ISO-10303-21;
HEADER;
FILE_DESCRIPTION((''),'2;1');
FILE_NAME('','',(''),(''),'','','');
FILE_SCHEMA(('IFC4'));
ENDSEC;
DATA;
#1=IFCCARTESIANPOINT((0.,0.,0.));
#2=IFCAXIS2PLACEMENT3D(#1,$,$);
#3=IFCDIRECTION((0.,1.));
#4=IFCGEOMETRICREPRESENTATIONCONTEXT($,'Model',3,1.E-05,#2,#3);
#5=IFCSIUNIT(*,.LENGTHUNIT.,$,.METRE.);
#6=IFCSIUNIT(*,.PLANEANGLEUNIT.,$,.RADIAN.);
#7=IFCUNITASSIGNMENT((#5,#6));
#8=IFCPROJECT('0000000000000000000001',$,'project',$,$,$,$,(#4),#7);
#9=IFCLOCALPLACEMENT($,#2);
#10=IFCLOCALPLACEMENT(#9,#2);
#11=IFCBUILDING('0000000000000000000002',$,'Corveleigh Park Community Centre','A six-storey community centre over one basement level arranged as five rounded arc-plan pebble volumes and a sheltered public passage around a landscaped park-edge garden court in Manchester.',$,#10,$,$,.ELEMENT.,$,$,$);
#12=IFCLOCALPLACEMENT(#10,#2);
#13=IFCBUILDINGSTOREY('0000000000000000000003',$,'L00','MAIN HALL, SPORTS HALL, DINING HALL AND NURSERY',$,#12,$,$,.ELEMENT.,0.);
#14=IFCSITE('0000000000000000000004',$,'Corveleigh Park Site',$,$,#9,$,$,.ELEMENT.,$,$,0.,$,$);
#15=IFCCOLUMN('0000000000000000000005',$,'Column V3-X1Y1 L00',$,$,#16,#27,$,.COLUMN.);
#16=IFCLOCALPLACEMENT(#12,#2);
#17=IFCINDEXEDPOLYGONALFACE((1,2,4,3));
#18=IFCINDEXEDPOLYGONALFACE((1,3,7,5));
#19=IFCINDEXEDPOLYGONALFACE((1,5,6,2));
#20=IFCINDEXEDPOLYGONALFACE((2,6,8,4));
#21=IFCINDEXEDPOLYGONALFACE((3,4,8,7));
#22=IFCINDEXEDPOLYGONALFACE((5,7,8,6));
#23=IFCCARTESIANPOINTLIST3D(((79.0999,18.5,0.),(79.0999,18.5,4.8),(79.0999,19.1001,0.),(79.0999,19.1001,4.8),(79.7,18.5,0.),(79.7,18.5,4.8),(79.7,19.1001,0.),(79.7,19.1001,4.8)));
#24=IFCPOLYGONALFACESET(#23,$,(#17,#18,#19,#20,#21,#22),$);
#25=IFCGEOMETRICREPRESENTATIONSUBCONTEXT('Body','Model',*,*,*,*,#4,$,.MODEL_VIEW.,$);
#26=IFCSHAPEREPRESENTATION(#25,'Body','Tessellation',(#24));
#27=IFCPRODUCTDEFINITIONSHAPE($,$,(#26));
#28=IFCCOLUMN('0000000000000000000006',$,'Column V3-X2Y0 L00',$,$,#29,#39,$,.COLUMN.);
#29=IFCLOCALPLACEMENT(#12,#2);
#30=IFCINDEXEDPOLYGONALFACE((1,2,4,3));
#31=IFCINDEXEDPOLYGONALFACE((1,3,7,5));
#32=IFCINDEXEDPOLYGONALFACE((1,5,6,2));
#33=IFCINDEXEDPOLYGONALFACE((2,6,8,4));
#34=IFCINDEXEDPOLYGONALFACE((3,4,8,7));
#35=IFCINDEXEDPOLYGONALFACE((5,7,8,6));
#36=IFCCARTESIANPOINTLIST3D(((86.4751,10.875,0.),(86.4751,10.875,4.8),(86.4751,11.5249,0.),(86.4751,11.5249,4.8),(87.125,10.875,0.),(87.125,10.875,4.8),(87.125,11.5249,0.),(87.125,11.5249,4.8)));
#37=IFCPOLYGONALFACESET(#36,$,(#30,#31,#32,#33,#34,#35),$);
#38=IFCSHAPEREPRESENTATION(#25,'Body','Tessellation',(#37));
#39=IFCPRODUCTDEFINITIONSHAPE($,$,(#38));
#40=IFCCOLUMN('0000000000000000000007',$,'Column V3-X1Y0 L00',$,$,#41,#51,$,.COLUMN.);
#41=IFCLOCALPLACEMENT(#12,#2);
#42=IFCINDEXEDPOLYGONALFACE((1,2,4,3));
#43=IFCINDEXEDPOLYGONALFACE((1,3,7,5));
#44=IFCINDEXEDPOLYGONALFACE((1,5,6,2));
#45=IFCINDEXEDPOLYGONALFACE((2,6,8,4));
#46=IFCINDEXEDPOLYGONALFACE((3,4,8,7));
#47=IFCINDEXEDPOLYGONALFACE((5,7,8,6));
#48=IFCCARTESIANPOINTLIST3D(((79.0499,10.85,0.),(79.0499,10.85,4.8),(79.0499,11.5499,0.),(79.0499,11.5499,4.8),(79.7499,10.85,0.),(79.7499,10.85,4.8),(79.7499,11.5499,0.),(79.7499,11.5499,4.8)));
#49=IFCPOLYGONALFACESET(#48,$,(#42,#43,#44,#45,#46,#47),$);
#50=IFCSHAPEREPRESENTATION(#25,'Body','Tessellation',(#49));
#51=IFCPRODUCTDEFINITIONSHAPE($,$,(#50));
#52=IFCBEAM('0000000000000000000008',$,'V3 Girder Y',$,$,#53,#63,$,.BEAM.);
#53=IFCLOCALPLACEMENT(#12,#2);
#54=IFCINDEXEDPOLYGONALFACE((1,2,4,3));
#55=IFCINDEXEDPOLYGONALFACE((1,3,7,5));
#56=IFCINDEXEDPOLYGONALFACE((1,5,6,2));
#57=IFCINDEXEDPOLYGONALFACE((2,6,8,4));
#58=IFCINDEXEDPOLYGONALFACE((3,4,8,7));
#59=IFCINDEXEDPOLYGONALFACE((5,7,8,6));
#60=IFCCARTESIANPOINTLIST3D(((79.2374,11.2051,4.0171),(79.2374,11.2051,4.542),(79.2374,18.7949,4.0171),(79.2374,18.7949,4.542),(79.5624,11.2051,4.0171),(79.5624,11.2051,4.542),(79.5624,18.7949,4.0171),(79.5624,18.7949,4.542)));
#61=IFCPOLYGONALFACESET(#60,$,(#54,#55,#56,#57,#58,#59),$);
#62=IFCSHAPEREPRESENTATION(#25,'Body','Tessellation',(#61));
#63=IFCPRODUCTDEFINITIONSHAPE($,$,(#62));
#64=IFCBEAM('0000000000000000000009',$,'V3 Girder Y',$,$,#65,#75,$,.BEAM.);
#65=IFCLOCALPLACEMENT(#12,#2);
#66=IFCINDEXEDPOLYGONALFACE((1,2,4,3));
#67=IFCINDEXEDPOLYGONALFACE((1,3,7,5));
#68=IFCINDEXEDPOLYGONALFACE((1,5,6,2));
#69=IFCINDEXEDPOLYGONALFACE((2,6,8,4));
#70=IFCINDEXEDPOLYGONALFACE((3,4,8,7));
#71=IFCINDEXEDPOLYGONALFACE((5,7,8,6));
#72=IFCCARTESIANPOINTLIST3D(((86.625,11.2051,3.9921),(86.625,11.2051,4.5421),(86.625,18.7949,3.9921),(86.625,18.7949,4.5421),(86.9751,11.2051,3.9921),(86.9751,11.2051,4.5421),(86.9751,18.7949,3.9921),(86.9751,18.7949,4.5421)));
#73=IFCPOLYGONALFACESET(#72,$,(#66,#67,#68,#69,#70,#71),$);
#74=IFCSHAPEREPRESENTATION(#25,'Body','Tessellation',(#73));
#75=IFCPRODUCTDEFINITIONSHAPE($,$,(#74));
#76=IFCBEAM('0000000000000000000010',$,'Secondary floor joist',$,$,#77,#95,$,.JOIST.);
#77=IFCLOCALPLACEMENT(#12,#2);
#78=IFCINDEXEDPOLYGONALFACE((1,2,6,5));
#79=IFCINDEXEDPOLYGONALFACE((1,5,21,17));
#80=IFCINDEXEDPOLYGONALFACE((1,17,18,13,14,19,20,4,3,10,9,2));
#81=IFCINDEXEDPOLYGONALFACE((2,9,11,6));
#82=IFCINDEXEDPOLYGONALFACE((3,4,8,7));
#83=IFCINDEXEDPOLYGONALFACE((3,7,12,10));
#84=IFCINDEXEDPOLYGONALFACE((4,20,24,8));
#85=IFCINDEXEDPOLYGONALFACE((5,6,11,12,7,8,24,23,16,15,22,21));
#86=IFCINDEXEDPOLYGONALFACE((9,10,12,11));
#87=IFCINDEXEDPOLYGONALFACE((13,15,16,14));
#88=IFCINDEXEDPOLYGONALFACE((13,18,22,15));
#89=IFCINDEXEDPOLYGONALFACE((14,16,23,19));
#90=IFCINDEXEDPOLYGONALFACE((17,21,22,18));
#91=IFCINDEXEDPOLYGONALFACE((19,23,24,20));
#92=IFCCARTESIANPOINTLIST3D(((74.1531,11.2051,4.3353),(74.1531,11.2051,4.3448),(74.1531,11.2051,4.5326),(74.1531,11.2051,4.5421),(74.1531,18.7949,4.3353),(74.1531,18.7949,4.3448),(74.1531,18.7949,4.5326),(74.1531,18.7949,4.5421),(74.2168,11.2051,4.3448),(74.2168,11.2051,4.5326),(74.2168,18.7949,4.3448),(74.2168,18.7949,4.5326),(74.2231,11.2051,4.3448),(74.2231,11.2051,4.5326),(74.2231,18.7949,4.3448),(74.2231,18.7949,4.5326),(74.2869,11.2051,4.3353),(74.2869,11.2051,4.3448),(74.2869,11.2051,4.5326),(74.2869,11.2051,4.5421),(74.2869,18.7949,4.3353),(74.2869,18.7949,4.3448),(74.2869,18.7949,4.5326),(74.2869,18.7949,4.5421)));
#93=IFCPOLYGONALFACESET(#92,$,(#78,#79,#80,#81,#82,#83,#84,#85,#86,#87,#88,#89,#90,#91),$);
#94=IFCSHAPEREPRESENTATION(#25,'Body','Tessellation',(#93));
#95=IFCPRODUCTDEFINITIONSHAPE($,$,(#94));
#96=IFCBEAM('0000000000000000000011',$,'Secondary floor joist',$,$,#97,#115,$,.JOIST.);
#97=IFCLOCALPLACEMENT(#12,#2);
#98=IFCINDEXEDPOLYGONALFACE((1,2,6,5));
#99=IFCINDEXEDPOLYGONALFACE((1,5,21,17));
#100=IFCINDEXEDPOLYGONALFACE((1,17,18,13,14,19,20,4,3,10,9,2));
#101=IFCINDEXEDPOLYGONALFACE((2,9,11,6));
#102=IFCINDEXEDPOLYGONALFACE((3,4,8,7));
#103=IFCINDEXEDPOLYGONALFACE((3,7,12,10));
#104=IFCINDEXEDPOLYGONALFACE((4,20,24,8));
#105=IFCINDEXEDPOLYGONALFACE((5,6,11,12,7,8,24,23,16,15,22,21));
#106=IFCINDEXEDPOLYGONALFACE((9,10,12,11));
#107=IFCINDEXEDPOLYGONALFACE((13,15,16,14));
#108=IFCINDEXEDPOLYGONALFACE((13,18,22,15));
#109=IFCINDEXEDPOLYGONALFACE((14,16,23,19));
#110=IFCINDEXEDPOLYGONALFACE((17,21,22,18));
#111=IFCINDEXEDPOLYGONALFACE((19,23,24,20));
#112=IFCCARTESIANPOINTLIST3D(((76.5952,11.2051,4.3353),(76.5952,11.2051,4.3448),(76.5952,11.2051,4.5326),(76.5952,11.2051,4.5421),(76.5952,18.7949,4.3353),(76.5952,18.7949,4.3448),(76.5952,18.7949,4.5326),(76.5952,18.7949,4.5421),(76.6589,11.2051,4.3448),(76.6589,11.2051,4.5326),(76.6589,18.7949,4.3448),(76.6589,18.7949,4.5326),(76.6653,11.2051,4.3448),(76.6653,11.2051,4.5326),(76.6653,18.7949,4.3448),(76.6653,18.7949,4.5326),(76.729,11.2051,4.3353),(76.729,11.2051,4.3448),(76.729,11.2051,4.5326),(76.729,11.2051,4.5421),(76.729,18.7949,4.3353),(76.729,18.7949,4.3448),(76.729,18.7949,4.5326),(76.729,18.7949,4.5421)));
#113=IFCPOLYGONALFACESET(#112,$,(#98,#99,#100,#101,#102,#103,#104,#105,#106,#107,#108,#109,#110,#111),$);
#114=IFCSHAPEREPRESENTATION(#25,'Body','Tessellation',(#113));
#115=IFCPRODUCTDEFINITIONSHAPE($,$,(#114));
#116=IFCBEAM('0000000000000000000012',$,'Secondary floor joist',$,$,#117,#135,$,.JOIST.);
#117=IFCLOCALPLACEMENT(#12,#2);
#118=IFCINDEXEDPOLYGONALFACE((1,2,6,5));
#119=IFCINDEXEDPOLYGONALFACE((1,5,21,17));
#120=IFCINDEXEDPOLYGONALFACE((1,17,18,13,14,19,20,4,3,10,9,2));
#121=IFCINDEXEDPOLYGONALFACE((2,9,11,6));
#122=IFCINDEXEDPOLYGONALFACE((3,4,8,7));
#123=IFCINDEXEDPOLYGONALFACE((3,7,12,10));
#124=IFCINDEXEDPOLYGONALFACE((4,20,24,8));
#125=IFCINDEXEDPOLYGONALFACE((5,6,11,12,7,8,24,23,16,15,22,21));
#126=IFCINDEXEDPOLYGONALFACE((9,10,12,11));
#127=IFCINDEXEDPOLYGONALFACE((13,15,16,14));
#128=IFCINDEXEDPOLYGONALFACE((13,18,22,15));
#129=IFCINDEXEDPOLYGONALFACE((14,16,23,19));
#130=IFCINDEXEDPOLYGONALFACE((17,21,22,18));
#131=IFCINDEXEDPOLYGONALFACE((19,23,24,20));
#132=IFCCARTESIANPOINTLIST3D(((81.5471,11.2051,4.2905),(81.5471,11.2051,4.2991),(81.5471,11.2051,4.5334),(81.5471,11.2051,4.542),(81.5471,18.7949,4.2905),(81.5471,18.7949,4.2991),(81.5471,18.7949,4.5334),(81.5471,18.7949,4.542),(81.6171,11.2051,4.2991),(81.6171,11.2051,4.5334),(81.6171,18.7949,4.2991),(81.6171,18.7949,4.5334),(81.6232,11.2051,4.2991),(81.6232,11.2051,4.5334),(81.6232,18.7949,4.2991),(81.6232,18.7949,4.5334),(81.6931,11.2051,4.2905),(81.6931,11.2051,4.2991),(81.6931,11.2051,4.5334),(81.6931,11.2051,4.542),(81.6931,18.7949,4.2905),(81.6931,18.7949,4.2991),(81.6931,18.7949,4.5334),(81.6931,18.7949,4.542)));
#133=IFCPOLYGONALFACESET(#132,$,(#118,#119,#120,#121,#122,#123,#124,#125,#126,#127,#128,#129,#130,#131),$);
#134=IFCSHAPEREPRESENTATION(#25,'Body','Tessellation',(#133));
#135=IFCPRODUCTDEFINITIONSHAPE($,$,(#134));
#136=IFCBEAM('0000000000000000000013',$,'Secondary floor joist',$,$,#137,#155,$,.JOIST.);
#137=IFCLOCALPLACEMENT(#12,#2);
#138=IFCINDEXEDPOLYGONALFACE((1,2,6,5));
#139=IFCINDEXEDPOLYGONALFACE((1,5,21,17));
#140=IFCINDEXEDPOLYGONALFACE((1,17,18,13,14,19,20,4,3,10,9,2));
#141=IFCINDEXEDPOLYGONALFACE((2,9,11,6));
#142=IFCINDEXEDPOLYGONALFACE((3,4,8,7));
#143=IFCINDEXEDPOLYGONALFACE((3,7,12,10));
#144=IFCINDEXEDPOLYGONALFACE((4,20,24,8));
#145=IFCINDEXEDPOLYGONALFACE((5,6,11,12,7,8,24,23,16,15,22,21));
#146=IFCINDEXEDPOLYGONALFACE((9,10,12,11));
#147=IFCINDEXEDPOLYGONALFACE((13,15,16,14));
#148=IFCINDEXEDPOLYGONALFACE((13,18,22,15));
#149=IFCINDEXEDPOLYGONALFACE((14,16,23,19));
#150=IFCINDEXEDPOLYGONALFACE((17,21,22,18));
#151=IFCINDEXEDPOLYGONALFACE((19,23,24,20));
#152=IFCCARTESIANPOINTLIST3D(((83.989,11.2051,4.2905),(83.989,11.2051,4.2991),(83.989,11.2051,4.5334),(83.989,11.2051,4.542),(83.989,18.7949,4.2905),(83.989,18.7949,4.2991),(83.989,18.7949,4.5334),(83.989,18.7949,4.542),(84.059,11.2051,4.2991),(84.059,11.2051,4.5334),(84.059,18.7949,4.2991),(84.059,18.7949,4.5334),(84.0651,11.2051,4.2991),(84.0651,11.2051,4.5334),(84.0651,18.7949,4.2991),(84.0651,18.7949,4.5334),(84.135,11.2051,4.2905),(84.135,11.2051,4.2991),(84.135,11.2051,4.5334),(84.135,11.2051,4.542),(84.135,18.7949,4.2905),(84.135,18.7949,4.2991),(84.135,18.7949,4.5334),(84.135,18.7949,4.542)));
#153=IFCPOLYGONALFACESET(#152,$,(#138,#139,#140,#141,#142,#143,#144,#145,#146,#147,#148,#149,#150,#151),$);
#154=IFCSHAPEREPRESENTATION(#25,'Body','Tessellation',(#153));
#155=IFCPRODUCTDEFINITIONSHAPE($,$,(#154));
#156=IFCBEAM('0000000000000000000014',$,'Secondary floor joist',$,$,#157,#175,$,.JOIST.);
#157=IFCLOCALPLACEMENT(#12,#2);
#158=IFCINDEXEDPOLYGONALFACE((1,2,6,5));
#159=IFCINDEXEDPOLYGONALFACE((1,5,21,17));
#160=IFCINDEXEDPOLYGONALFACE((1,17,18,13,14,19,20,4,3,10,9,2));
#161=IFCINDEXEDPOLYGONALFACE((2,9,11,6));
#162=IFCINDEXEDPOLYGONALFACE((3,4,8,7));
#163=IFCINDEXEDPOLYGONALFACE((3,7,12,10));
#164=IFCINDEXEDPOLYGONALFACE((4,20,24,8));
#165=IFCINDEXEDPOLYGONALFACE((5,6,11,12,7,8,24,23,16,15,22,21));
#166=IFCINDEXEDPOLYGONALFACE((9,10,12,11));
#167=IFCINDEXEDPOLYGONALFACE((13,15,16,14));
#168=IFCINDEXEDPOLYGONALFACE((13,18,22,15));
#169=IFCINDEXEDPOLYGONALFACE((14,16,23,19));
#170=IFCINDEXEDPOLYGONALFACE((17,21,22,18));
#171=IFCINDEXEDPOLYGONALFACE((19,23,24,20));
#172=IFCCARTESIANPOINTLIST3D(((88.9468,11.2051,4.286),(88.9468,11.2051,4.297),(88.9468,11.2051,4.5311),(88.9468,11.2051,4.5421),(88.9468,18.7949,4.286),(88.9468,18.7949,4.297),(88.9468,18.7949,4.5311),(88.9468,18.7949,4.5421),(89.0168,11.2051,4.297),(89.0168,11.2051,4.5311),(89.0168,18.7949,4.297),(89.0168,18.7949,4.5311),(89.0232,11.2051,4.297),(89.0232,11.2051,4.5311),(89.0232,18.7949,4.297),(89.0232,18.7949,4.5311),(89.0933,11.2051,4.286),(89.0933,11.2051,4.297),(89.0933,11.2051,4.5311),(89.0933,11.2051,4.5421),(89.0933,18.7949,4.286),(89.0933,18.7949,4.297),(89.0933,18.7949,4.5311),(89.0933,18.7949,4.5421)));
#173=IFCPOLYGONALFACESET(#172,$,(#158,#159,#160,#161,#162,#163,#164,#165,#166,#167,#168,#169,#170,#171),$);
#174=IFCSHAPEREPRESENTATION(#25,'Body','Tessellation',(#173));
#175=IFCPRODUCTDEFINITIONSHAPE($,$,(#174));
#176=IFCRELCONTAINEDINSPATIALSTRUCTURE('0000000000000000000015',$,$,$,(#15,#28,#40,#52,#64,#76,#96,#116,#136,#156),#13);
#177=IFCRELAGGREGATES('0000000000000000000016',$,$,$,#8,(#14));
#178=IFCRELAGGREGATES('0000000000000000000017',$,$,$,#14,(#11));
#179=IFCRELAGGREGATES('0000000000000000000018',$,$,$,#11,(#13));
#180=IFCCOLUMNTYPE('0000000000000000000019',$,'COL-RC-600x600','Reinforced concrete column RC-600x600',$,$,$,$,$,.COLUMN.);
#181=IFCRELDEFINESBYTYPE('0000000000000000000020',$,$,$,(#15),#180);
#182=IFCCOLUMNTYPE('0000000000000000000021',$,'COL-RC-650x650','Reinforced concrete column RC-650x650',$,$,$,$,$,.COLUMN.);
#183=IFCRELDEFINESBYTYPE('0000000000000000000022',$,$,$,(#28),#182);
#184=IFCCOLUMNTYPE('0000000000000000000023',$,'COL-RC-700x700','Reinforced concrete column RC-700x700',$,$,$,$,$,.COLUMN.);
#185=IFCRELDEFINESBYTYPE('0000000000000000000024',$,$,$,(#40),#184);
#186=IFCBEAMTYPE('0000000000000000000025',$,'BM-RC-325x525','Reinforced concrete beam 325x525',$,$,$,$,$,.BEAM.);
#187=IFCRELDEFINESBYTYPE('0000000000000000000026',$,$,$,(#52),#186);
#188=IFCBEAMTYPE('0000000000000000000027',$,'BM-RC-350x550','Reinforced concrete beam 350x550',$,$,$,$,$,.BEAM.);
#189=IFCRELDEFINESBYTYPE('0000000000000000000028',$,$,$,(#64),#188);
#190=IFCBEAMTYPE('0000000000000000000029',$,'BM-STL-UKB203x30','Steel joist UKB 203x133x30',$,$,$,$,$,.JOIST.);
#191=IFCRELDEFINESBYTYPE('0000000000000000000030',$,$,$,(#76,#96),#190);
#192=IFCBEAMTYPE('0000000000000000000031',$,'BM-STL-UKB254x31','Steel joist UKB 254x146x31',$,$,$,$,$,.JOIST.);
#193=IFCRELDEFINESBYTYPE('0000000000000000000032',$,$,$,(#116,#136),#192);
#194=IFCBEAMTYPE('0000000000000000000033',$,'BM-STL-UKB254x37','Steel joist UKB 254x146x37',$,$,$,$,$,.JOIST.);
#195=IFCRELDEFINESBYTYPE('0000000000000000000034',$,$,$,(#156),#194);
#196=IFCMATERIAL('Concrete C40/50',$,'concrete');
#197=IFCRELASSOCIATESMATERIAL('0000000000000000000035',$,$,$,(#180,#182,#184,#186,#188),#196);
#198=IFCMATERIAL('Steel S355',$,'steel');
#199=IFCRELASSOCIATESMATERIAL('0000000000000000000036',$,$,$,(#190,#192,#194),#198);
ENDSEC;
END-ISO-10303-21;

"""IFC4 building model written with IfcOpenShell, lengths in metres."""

from ifc_helpers import new_model, si_unit, direction, frame, origin, origin_2d, place, context, subcontext, project, spatial, rectangle, i_section, extrude, material, material_profile, profile_set, type_object, element, save


model = new_model("IFC4")

# Units and contexts
model_context = context("Model", 3, precision=1e-05, world=origin(), true_north=direction((0.0, 1.0)))
body_context = subcontext(model_context, "Body", "Model", "MODEL_VIEW")
ifc_project = project(units=[si_unit("LENGTHUNIT", "METRE"), si_unit("PLANEANGLEUNIT", "RADIAN")], contexts=[model_context])

# Site, building, storey
site_placement = place(None, origin())
site = spatial("IfcSite", under=ifc_project, at=site_placement, Name="Corveleigh Park Site", CompositionType="ELEMENT", RefElevation=0.0)
building_placement = place(site_placement, origin())
building = spatial("IfcBuilding", under=site, at=building_placement, Name="Corveleigh Park Community Centre", Description="A six-storey community centre over one basement level arranged as five rounded arc-plan pebble volumes and a sheltered public passage around a landscaped park-edge garden court in Manchester.", CompositionType="ELEMENT")
storey_placement = place(building_placement, origin())
storey = spatial("IfcBuildingStorey", under=building, at=storey_placement, Name="L00", Description="MAIN HALL, SPORTS HALL, DINING HALL AND NURSERY", CompositionType="ELEMENT", Elevation=0.0)

# Columns
ifc_material_1 = material(Name="Concrete C40/50", Category="concrete")
ifc_material_profile_1 = material_profile(ifc_material_1, rectangle(XDim=0.6001, YDim=0.6001, at=origin_2d()), Name="RC-600x600", Category="concrete")
ifc_profile_set_1 = profile_set([ifc_material_profile_1], Name="Concrete C40/50")
column_type_1 = type_object("IfcColumnType", Name="COL-RC-600x600", Description="Reinforced concrete column RC-600x600", PredefinedType="COLUMN", material=ifc_profile_set_1)
column_1_placement = place(storey_placement, frame((79.3999, 18.8, 0.0), z_axis=(0.0, 0.0, 1.0), x_axis=(1.0, 0.0, 0.0)))
element("IfcColumn", 1, at=column_1_placement, inside=storey, type_object=column_type_1, Name="Column V3-X1Y1 L00", PredefinedType="COLUMN", context=body_context, shape_type="SweptSolid", body=[
    extrude(rectangle(XDim=0.6001, YDim=0.6001, at=origin_2d()), origin(), (0.0, 0.0, 1.0), 4.8),
])
ifc_material_profile_2 = material_profile(ifc_material_1, rectangle(XDim=0.6499, YDim=0.6499, at=origin_2d()), Name="RC-650x650", Category="concrete")
ifc_profile_set_2 = profile_set([ifc_material_profile_2], Name="Concrete C40/50")
column_type_2 = type_object("IfcColumnType", Name="COL-RC-650x650", Description="Reinforced concrete column RC-650x650", PredefinedType="COLUMN", material=ifc_profile_set_2)
column_2_placement = place(storey_placement, frame((86.8, 11.2, 0.0), z_axis=(0.0, 0.0, 1.0), x_axis=(1.0, 0.0, 0.0)))
element("IfcColumn", 2, at=column_2_placement, inside=storey, type_object=column_type_2, Name="Column V3-X2Y0 L00", PredefinedType="COLUMN", context=body_context, shape_type="SweptSolid", body=[
    extrude(rectangle(XDim=0.6499, YDim=0.6499, at=origin_2d()), origin(), (0.0, 0.0, 1.0), 4.8),
])
ifc_material_profile_3 = material_profile(ifc_material_1, rectangle(XDim=0.7, YDim=0.7, at=origin_2d()), Name="RC-700x700", Category="concrete")
ifc_profile_set_3 = profile_set([ifc_material_profile_3], Name="Concrete C40/50")
column_type_3 = type_object("IfcColumnType", Name="COL-RC-700x700", Description="Reinforced concrete column RC-700x700", PredefinedType="COLUMN", material=ifc_profile_set_3)
column_3_placement = place(storey_placement, frame((79.3999, 11.2, 0.0), z_axis=(0.0, 0.0, 1.0), x_axis=(1.0, 0.0, 0.0)))
element("IfcColumn", 3, at=column_3_placement, inside=storey, type_object=column_type_3, Name="Column V3-X1Y0 L00", PredefinedType="COLUMN", context=body_context, shape_type="SweptSolid", body=[
    extrude(rectangle(XDim=0.7, YDim=0.7, at=origin_2d()), origin(), (0.0, 0.0, 1.0), 4.8),
])

# Beams
ifc_material_profile_4 = material_profile(ifc_material_1, rectangle(XDim=0.325, YDim=0.5249, at=origin_2d()), Name="RC-325x525", Category="concrete")
ifc_profile_set_4 = profile_set([ifc_material_profile_4], Name="Concrete C40/50")
beam_type_1 = type_object("IfcBeamType", Name="BM-RC-325x525", Description="Reinforced concrete beam 325x525", PredefinedType="BEAM", material=ifc_profile_set_4)
beam_1_placement = place(storey_placement, frame((79.3999, 11.2051, 4.2795), z_axis=(0.0, 1.0, 0.0), x_axis=(-1.0, 0.0, 0.0)))
element("IfcBeam", 4, at=beam_1_placement, inside=storey, type_object=beam_type_1, Name="V3 Girder Y", PredefinedType="BEAM", context=body_context, shape_type="SweptSolid", body=[
    extrude(rectangle(XDim=0.325, YDim=0.5249, at=origin_2d()), origin(), (0.0, 0.0, 1.0), 7.5898),
])
ifc_material_profile_5 = material_profile(ifc_material_1, rectangle(XDim=0.3501, YDim=0.55, at=origin_2d()), Name="RC-350x550", Category="concrete")
ifc_profile_set_5 = profile_set([ifc_material_profile_5], Name="Concrete C40/50")
beam_type_2 = type_object("IfcBeamType", Name="BM-RC-350x550", Description="Reinforced concrete beam 350x550", PredefinedType="BEAM", material=ifc_profile_set_5)
beam_2_placement = place(storey_placement, frame((86.8, 11.2051, 4.2671), z_axis=(0.0, 1.0, 0.0), x_axis=(-1.0, 0.0, 0.0)))
element("IfcBeam", 5, at=beam_2_placement, inside=storey, type_object=beam_type_2, Name="V3 Girder Y", PredefinedType="BEAM", context=body_context, shape_type="SweptSolid", body=[
    extrude(rectangle(XDim=0.3501, YDim=0.55, at=origin_2d()), origin(), (0.0, 0.0, 1.0), 7.5898),
])
ifc_material_2 = material(Name="Steel S355", Category="steel")
ifc_material_profile_6 = material_profile(ifc_material_2, i_section(OverallWidth=0.1338, OverallDepth=0.2068, WebThickness=0.0063, FlangeThickness=0.0095, at=origin_2d()), Name="UKB 203x133x30", Category="steel")
ifc_profile_set_6 = profile_set([ifc_material_profile_6], Name="Steel S355")
beam_type_3 = type_object("IfcBeamType", Name="BM-STL-UKB203x30", Description="Steel joist UKB 203x133x30", PredefinedType="JOIST", material=ifc_profile_set_6)
for number, where, z_axis, x_axis, name in (
    (6, (74.22, 11.2051, 4.4387), (0.0, 1.0, 0.0), (-1.0, 0.0, 0.0), "Secondary floor joist"),
    (7, (76.6621, 11.2051, 4.4387), (0.0, 1.0, 0.0), (-1.0, 0.0, 0.0), "Secondary floor joist"),
):
    element("IfcBeam", number, at=place(storey_placement, frame(where, z_axis=z_axis, x_axis=x_axis)), inside=storey, type_object=beam_type_3, Name=name, PredefinedType="JOIST", context=body_context, shape_type="SweptSolid", body=[
        extrude(i_section(OverallWidth=0.1338, OverallDepth=0.2068, WebThickness=0.0063, FlangeThickness=0.0095, at=origin_2d()), origin(), (0.0, 0.0, 1.0), 7.5898),
    ])
ifc_material_profile_7 = material_profile(ifc_material_2, i_section(OverallWidth=0.146, OverallDepth=0.2515, WebThickness=0.0061, FlangeThickness=0.0085, at=origin_2d()), Name="UKB 254x146x31", Category="steel")
ifc_profile_set_7 = profile_set([ifc_material_profile_7], Name="Steel S355")
beam_type_4 = type_object("IfcBeamType", Name="BM-STL-UKB254x31", Description="Steel joist UKB 254x146x31", PredefinedType="JOIST", material=ifc_profile_set_7)
for number, where, z_axis, x_axis, name in (
    (8, (81.6201, 11.2051, 4.4163), (0.0, 1.0, 0.0), (-1.0, 0.0, 0.0), "Secondary floor joist"),
    (9, (84.062, 11.2051, 4.4163), (0.0, 1.0, 0.0), (-1.0, 0.0, 0.0), "Secondary floor joist"),
):
    element("IfcBeam", number, at=place(storey_placement, frame(where, z_axis=z_axis, x_axis=x_axis)), inside=storey, type_object=beam_type_4, Name=name, PredefinedType="JOIST", context=body_context, shape_type="SweptSolid", body=[
        extrude(i_section(OverallWidth=0.146, OverallDepth=0.2515, WebThickness=0.0061, FlangeThickness=0.0085, at=origin_2d()), origin(), (0.0, 0.0, 1.0), 7.5898),
    ])
ifc_material_profile_8 = material_profile(ifc_material_2, i_section(OverallWidth=0.1465, OverallDepth=0.2561, WebThickness=0.0063, FlangeThickness=0.011, at=origin_2d()), Name="UKB 254x146x37", Category="steel")
ifc_profile_set_8 = profile_set([ifc_material_profile_8], Name="Steel S355")
beam_type_5 = type_object("IfcBeamType", Name="BM-STL-UKB254x37", Description="Steel joist UKB 254x146x37", PredefinedType="JOIST", material=ifc_profile_set_8)
for number, where, z_axis, x_axis, name in (
    (10, (89.02, 11.2051, 4.4141), (0.0, 1.0, 0.0), (-1.0, 0.0, 0.0), "Secondary floor joist"),
):
    element("IfcBeam", number, at=place(storey_placement, frame(where, z_axis=z_axis, x_axis=x_axis)), inside=storey, type_object=beam_type_5, Name=name, PredefinedType="JOIST", context=body_context, shape_type="SweptSolid", body=[
        extrude(i_section(OverallWidth=0.1465, OverallDepth=0.2561, WebThickness=0.0063, FlangeThickness=0.011, at=origin_2d()), origin(), (0.0, 0.0, 1.0), 7.5898),
    ])

save(model, "model.ifc")
